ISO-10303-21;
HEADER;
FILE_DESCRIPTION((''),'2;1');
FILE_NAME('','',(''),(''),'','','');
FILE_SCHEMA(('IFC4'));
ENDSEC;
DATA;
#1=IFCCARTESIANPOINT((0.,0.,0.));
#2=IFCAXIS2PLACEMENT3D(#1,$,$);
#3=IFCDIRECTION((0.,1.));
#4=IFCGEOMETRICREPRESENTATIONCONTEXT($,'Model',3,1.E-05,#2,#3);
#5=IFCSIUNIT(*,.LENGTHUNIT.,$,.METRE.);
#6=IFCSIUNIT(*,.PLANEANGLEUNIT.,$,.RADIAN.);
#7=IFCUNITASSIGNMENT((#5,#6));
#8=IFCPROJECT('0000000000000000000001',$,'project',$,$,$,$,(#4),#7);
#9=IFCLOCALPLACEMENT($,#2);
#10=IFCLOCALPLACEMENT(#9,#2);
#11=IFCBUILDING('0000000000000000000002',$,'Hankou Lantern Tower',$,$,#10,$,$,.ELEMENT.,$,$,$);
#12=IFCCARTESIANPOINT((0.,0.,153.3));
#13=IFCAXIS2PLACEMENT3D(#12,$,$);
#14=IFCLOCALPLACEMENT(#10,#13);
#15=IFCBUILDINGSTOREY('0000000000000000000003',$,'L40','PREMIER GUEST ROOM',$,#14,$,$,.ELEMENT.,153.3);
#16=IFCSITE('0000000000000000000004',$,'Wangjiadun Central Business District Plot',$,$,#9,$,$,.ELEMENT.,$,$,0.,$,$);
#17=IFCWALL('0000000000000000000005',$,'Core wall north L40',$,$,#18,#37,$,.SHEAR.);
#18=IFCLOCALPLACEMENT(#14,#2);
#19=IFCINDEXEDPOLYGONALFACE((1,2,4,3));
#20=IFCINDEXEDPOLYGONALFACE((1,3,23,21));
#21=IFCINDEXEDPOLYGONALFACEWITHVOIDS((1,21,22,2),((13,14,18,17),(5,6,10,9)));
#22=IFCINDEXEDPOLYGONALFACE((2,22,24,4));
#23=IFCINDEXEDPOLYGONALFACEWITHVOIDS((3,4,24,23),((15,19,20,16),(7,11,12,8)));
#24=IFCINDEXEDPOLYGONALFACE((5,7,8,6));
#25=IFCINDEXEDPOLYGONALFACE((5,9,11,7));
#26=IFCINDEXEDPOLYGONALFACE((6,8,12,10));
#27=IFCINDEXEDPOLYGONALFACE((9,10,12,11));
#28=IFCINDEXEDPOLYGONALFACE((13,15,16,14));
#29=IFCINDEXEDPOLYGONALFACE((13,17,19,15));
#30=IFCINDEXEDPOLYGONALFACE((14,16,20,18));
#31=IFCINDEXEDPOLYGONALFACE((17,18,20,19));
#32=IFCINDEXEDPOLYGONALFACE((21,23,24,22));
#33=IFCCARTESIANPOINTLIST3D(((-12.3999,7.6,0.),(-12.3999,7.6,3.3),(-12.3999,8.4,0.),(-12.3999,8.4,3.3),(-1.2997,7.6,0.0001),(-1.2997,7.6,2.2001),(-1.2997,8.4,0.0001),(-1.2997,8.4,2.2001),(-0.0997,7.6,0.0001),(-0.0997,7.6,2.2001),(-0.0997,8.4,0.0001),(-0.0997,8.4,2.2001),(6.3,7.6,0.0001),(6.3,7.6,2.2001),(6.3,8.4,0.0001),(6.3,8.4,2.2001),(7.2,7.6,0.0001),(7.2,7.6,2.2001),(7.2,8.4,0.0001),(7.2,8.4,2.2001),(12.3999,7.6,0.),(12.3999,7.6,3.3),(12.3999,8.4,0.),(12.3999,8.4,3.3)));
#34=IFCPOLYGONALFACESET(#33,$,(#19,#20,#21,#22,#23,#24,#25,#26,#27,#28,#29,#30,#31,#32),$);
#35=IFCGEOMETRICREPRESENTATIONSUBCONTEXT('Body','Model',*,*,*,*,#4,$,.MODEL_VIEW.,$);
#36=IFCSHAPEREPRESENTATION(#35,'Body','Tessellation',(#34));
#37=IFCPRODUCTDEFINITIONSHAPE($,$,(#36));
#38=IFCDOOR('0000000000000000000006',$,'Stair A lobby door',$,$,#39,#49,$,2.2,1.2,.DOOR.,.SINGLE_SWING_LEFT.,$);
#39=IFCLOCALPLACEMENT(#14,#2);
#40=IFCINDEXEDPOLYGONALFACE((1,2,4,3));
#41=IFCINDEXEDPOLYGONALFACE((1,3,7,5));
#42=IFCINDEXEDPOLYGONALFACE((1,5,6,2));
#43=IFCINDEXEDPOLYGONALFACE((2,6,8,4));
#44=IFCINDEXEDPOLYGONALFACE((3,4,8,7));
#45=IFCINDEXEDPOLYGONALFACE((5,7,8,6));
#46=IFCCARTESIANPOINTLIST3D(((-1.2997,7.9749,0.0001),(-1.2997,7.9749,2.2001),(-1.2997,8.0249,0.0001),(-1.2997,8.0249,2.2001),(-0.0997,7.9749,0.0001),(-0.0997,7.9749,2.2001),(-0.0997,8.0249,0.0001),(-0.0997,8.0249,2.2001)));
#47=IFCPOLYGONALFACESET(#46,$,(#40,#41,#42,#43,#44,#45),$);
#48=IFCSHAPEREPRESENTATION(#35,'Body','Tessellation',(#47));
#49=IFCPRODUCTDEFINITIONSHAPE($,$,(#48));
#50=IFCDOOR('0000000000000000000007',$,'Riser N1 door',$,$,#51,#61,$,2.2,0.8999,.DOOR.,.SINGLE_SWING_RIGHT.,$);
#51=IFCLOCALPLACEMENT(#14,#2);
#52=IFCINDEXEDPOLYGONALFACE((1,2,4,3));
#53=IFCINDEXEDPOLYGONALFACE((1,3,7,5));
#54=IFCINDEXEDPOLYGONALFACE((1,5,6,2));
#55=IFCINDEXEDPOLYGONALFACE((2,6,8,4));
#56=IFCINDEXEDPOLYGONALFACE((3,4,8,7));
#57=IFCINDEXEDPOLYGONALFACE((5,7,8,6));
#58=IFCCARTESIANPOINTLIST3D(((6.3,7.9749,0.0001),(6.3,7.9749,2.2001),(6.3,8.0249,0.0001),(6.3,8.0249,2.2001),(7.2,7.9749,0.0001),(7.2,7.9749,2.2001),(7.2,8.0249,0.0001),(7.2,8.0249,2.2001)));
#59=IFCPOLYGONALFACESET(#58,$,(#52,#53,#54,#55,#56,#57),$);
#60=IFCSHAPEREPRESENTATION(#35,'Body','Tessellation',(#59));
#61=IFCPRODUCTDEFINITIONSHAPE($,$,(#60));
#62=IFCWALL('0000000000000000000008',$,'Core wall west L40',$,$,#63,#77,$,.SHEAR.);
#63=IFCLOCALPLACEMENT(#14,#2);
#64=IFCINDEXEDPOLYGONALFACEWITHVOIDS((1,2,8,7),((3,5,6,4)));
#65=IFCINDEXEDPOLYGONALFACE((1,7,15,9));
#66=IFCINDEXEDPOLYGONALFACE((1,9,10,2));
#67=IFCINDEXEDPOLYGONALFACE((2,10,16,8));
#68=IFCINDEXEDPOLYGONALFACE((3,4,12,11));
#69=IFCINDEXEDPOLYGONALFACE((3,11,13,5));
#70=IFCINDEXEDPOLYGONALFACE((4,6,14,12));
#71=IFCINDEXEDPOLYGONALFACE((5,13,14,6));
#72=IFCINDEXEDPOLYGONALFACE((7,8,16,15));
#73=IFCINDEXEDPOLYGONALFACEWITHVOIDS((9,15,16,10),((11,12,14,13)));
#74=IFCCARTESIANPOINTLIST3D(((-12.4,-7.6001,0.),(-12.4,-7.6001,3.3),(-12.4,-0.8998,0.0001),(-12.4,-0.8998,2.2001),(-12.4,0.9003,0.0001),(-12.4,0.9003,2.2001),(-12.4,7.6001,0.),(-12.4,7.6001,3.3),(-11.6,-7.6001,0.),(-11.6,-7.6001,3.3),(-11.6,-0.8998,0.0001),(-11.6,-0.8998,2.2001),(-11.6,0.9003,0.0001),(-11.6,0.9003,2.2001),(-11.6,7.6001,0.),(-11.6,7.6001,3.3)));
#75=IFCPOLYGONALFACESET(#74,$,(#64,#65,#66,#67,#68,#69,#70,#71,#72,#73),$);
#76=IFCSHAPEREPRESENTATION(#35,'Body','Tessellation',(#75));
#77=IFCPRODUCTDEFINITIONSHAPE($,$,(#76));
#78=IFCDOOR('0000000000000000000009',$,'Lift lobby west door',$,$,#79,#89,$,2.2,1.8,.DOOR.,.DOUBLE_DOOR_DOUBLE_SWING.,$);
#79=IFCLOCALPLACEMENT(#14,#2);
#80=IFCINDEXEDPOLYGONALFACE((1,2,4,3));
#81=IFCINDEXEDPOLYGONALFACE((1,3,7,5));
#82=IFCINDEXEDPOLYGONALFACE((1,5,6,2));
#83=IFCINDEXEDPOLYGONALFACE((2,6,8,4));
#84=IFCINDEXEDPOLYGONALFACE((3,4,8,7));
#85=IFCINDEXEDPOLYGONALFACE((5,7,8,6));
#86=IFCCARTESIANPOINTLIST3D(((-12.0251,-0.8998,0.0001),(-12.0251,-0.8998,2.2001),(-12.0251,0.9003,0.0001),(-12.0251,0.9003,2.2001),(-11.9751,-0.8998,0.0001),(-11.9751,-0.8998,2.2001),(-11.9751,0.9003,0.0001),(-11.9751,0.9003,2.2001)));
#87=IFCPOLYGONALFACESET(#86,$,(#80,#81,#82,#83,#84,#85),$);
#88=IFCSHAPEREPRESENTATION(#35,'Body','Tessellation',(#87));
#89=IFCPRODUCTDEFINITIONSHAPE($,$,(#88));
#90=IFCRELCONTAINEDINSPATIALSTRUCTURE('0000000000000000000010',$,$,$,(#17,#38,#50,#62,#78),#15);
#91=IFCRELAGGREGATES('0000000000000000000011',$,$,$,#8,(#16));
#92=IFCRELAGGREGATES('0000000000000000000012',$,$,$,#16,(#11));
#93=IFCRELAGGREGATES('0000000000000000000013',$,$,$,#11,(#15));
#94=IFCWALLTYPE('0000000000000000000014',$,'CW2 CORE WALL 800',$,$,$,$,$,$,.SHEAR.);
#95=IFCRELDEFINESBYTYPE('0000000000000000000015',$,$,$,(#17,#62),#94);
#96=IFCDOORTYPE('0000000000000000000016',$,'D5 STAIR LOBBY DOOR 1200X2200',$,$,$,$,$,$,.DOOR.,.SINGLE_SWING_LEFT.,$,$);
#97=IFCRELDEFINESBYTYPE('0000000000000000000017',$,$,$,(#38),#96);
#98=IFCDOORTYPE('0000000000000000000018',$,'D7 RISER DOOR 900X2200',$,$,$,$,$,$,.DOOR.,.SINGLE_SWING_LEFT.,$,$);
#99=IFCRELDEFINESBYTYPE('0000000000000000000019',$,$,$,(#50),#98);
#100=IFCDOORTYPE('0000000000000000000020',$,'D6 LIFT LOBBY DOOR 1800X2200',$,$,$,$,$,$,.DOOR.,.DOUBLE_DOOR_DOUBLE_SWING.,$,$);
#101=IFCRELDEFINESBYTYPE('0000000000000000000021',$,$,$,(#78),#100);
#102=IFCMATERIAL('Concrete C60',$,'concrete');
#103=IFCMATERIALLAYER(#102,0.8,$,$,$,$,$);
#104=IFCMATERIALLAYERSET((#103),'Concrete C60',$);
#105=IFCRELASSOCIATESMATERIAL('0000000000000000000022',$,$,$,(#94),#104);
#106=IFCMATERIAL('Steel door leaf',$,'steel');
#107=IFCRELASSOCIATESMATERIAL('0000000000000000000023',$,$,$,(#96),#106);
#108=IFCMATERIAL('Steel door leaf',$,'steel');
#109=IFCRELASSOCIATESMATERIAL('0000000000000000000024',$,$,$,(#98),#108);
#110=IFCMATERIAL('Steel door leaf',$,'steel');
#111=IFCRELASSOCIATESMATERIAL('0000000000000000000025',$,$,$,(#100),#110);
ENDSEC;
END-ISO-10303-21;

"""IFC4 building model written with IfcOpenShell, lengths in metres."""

from ifc_helpers import new_model, si_unit, direction, frame, frame_2d, origin, place, context, subcontext, project, spatial, rectangle, extrude, material, layer, layer_set, type_object, element, fill, save


model = new_model("IFC4")

# Units and contexts
model_context = context("Model", 3, precision=1e-05, world=origin(), true_north=direction((0.0, 1.0)))
body_context = subcontext(model_context, "Body", "Model", "MODEL_VIEW")
ifc_project = project(units=[si_unit("LENGTHUNIT", "METRE"), si_unit("PLANEANGLEUNIT", "RADIAN")], contexts=[model_context])

# Site, building, storey
site_placement = place(None, origin())
site = spatial("IfcSite", under=ifc_project, at=site_placement, Name="Wangjiadun Central Business District Plot", CompositionType="ELEMENT", RefElevation=0.0)
building_placement = place(site_placement, origin())
building = spatial("IfcBuilding", under=site, at=building_placement, Name="Hankou Lantern Tower", CompositionType="ELEMENT")
storey_placement = place(building_placement, frame((0.0, 0.0, 153.3)))
storey = spatial("IfcBuildingStorey", under=building, at=storey_placement, Name="L40", Description="PREMIER GUEST ROOM", CompositionType="ELEMENT", Elevation=153.3)

# Wall, openings, doors
ifc_material_1 = material(Name="Concrete C60", Category="concrete")
ifc_layer_1 = layer(ifc_material_1, 0.8)
ifc_layer_set_1 = layer_set([ifc_layer_1], Name="Concrete C60")
wall_type_1 = type_object("IfcWallType", Name="CW2 CORE WALL 800", PredefinedType="SHEAR", material=ifc_layer_set_1)
wall_1_placement = place(storey_placement, frame((-12.3999, 8.0, 0.0), z_axis=(0.0, 0.0, 1.0), x_axis=(1.0, 0.0, 0.0)))
wall_1 = element("IfcWall", 1, at=wall_1_placement, inside=storey, type_object=wall_type_1, Name="Core wall north L40", PredefinedType="SHEAR", context=body_context, shape_type="SweptSolid", body=[
    extrude(rectangle(XDim=24.7998, YDim=0.8, at=frame_2d((12.3999, 0.0))), origin(), (0.0, 0.0, 1.0), 3.3),
])
opening_1_placement = place(wall_1_placement, frame((11.1001, 0.0, 0.0)))
opening_1 = element("IfcOpeningElement", 2, at=opening_1_placement, cuts=wall_1, PredefinedType="OPENING", context=body_context, shape_type="SweptSolid", body=[
    extrude(rectangle(XDim=1.2, YDim=2.2, at=frame_2d((0.6001, 1.1001))), frame((0.0, 0.4099, 0.0), z_axis=(0.0, -1.0, 0.0), x_axis=(1.0, 0.0, 0.0)), (0.0, 0.0, 1.0), 0.8201),
])
opening_2_placement = place(wall_1_placement, frame((18.7, 0.0, 0.0)))
opening_2 = element("IfcOpeningElement", 3, at=opening_2_placement, cuts=wall_1, PredefinedType="OPENING", context=body_context, shape_type="SweptSolid", body=[
    extrude(rectangle(XDim=0.8999, YDim=2.2, at=frame_2d((0.45, 1.1001))), frame((0.0, 0.4099, 0.0), z_axis=(0.0, -1.0, 0.0), x_axis=(1.0, 0.0, 0.0)), (0.0, 0.0, 1.0), 0.8201),
])
ifc_material_2 = material(Name="Steel door leaf", Category="steel")
door_type_1 = type_object("IfcDoorType", Name="D5 STAIR LOBBY DOOR 1200X2200", OperationType="SINGLE_SWING_LEFT", PredefinedType="DOOR", material=ifc_material_2)
door_1_placement = place(opening_1_placement, origin())
door_1 = element("IfcDoor", 4, at=door_1_placement, inside=storey, type_object=door_type_1, Name="Stair A lobby door", OperationType="SINGLE_SWING_LEFT", OverallHeight=2.2, OverallWidth=1.2, PredefinedType="DOOR", context=body_context, shape_type="SweptSolid", body=[
    extrude(rectangle(XDim=1.2, YDim=2.2, at=frame_2d((0.6001, 1.1001))), frame((0.0, 0.0249, 0.0), z_axis=(0.0, -1.0, 0.0), x_axis=(1.0, 0.0, 0.0)), (0.0, 0.0, 1.0), 0.05),
])
fill(opening_1, door_1)
ifc_material_3 = material(Name="Steel door leaf", Category="steel")
door_type_2 = type_object("IfcDoorType", Name="D7 RISER DOOR 900X2200", OperationType="SINGLE_SWING_LEFT", PredefinedType="DOOR", material=ifc_material_3)
door_2_placement = place(opening_2_placement, origin())
door_2 = element("IfcDoor", 5, at=door_2_placement, inside=storey, type_object=door_type_2, Name="Riser N1 door", OperationType="SINGLE_SWING_RIGHT", OverallHeight=2.2, OverallWidth=0.8999, PredefinedType="DOOR", context=body_context, shape_type="SweptSolid", body=[
    extrude(rectangle(XDim=0.8999, YDim=2.2, at=frame_2d((0.45, 1.1001))), frame((0.0, 0.0249, 0.0), z_axis=(0.0, -1.0, 0.0), x_axis=(1.0, 0.0, 0.0)), (0.0, 0.0, 1.0), 0.05),
])
fill(opening_2, door_2)

# Wall, opening, door
wall_2_placement = place(storey_placement, frame((-12.0, 7.6001, 0.0), z_axis=(0.0, 0.0, 1.0), x_axis=(0.0, -1.0, 0.0)))
wall_2 = element("IfcWall", 6, at=wall_2_placement, inside=storey, type_object=wall_type_1, Name="Core wall west L40", PredefinedType="SHEAR", context=body_context, shape_type="SweptSolid", body=[
    extrude(rectangle(XDim=15.2002, YDim=0.8, at=frame_2d((7.6001, 0.0))), origin(), (0.0, 0.0, 1.0), 3.3),
])
opening_3_placement = place(wall_2_placement, frame((6.7, 0.0, 0.0)))
opening_3 = element("IfcOpeningElement", 7, at=opening_3_placement, cuts=wall_2, PredefinedType="OPENING", context=body_context, shape_type="SweptSolid", body=[
    extrude(rectangle(XDim=1.8, YDim=2.2, at=frame_2d((0.8999, 1.1001))), frame((0.0, 0.4099, 0.0), z_axis=(0.0, -1.0, 0.0), x_axis=(1.0, 0.0, 0.0)), (0.0, 0.0, 1.0), 0.8201),
])
ifc_material_4 = material(Name="Steel door leaf", Category="steel")
door_type_3 = type_object("IfcDoorType", Name="D6 LIFT LOBBY DOOR 1800X2200", OperationType="DOUBLE_DOOR_DOUBLE_SWING", PredefinedType="DOOR", material=ifc_material_4)
door_3_placement = place(opening_3_placement, origin())
door_3 = element("IfcDoor", 8, at=door_3_placement, inside=storey, type_object=door_type_3, Name="Lift lobby west door", OperationType="DOUBLE_DOOR_DOUBLE_SWING", OverallHeight=2.2, OverallWidth=1.8, PredefinedType="DOOR", context=body_context, shape_type="SweptSolid", body=[
    extrude(rectangle(XDim=1.8, YDim=2.2, at=frame_2d((0.8999, 1.1001))), frame((0.0, 0.0249, 0.0), z_axis=(0.0, -1.0, 0.0), x_axis=(1.0, 0.0, 0.0)), (0.0, 0.0, 1.0), 0.05),
])
fill(opening_3, door_3)

save(model, "model.ifc")
